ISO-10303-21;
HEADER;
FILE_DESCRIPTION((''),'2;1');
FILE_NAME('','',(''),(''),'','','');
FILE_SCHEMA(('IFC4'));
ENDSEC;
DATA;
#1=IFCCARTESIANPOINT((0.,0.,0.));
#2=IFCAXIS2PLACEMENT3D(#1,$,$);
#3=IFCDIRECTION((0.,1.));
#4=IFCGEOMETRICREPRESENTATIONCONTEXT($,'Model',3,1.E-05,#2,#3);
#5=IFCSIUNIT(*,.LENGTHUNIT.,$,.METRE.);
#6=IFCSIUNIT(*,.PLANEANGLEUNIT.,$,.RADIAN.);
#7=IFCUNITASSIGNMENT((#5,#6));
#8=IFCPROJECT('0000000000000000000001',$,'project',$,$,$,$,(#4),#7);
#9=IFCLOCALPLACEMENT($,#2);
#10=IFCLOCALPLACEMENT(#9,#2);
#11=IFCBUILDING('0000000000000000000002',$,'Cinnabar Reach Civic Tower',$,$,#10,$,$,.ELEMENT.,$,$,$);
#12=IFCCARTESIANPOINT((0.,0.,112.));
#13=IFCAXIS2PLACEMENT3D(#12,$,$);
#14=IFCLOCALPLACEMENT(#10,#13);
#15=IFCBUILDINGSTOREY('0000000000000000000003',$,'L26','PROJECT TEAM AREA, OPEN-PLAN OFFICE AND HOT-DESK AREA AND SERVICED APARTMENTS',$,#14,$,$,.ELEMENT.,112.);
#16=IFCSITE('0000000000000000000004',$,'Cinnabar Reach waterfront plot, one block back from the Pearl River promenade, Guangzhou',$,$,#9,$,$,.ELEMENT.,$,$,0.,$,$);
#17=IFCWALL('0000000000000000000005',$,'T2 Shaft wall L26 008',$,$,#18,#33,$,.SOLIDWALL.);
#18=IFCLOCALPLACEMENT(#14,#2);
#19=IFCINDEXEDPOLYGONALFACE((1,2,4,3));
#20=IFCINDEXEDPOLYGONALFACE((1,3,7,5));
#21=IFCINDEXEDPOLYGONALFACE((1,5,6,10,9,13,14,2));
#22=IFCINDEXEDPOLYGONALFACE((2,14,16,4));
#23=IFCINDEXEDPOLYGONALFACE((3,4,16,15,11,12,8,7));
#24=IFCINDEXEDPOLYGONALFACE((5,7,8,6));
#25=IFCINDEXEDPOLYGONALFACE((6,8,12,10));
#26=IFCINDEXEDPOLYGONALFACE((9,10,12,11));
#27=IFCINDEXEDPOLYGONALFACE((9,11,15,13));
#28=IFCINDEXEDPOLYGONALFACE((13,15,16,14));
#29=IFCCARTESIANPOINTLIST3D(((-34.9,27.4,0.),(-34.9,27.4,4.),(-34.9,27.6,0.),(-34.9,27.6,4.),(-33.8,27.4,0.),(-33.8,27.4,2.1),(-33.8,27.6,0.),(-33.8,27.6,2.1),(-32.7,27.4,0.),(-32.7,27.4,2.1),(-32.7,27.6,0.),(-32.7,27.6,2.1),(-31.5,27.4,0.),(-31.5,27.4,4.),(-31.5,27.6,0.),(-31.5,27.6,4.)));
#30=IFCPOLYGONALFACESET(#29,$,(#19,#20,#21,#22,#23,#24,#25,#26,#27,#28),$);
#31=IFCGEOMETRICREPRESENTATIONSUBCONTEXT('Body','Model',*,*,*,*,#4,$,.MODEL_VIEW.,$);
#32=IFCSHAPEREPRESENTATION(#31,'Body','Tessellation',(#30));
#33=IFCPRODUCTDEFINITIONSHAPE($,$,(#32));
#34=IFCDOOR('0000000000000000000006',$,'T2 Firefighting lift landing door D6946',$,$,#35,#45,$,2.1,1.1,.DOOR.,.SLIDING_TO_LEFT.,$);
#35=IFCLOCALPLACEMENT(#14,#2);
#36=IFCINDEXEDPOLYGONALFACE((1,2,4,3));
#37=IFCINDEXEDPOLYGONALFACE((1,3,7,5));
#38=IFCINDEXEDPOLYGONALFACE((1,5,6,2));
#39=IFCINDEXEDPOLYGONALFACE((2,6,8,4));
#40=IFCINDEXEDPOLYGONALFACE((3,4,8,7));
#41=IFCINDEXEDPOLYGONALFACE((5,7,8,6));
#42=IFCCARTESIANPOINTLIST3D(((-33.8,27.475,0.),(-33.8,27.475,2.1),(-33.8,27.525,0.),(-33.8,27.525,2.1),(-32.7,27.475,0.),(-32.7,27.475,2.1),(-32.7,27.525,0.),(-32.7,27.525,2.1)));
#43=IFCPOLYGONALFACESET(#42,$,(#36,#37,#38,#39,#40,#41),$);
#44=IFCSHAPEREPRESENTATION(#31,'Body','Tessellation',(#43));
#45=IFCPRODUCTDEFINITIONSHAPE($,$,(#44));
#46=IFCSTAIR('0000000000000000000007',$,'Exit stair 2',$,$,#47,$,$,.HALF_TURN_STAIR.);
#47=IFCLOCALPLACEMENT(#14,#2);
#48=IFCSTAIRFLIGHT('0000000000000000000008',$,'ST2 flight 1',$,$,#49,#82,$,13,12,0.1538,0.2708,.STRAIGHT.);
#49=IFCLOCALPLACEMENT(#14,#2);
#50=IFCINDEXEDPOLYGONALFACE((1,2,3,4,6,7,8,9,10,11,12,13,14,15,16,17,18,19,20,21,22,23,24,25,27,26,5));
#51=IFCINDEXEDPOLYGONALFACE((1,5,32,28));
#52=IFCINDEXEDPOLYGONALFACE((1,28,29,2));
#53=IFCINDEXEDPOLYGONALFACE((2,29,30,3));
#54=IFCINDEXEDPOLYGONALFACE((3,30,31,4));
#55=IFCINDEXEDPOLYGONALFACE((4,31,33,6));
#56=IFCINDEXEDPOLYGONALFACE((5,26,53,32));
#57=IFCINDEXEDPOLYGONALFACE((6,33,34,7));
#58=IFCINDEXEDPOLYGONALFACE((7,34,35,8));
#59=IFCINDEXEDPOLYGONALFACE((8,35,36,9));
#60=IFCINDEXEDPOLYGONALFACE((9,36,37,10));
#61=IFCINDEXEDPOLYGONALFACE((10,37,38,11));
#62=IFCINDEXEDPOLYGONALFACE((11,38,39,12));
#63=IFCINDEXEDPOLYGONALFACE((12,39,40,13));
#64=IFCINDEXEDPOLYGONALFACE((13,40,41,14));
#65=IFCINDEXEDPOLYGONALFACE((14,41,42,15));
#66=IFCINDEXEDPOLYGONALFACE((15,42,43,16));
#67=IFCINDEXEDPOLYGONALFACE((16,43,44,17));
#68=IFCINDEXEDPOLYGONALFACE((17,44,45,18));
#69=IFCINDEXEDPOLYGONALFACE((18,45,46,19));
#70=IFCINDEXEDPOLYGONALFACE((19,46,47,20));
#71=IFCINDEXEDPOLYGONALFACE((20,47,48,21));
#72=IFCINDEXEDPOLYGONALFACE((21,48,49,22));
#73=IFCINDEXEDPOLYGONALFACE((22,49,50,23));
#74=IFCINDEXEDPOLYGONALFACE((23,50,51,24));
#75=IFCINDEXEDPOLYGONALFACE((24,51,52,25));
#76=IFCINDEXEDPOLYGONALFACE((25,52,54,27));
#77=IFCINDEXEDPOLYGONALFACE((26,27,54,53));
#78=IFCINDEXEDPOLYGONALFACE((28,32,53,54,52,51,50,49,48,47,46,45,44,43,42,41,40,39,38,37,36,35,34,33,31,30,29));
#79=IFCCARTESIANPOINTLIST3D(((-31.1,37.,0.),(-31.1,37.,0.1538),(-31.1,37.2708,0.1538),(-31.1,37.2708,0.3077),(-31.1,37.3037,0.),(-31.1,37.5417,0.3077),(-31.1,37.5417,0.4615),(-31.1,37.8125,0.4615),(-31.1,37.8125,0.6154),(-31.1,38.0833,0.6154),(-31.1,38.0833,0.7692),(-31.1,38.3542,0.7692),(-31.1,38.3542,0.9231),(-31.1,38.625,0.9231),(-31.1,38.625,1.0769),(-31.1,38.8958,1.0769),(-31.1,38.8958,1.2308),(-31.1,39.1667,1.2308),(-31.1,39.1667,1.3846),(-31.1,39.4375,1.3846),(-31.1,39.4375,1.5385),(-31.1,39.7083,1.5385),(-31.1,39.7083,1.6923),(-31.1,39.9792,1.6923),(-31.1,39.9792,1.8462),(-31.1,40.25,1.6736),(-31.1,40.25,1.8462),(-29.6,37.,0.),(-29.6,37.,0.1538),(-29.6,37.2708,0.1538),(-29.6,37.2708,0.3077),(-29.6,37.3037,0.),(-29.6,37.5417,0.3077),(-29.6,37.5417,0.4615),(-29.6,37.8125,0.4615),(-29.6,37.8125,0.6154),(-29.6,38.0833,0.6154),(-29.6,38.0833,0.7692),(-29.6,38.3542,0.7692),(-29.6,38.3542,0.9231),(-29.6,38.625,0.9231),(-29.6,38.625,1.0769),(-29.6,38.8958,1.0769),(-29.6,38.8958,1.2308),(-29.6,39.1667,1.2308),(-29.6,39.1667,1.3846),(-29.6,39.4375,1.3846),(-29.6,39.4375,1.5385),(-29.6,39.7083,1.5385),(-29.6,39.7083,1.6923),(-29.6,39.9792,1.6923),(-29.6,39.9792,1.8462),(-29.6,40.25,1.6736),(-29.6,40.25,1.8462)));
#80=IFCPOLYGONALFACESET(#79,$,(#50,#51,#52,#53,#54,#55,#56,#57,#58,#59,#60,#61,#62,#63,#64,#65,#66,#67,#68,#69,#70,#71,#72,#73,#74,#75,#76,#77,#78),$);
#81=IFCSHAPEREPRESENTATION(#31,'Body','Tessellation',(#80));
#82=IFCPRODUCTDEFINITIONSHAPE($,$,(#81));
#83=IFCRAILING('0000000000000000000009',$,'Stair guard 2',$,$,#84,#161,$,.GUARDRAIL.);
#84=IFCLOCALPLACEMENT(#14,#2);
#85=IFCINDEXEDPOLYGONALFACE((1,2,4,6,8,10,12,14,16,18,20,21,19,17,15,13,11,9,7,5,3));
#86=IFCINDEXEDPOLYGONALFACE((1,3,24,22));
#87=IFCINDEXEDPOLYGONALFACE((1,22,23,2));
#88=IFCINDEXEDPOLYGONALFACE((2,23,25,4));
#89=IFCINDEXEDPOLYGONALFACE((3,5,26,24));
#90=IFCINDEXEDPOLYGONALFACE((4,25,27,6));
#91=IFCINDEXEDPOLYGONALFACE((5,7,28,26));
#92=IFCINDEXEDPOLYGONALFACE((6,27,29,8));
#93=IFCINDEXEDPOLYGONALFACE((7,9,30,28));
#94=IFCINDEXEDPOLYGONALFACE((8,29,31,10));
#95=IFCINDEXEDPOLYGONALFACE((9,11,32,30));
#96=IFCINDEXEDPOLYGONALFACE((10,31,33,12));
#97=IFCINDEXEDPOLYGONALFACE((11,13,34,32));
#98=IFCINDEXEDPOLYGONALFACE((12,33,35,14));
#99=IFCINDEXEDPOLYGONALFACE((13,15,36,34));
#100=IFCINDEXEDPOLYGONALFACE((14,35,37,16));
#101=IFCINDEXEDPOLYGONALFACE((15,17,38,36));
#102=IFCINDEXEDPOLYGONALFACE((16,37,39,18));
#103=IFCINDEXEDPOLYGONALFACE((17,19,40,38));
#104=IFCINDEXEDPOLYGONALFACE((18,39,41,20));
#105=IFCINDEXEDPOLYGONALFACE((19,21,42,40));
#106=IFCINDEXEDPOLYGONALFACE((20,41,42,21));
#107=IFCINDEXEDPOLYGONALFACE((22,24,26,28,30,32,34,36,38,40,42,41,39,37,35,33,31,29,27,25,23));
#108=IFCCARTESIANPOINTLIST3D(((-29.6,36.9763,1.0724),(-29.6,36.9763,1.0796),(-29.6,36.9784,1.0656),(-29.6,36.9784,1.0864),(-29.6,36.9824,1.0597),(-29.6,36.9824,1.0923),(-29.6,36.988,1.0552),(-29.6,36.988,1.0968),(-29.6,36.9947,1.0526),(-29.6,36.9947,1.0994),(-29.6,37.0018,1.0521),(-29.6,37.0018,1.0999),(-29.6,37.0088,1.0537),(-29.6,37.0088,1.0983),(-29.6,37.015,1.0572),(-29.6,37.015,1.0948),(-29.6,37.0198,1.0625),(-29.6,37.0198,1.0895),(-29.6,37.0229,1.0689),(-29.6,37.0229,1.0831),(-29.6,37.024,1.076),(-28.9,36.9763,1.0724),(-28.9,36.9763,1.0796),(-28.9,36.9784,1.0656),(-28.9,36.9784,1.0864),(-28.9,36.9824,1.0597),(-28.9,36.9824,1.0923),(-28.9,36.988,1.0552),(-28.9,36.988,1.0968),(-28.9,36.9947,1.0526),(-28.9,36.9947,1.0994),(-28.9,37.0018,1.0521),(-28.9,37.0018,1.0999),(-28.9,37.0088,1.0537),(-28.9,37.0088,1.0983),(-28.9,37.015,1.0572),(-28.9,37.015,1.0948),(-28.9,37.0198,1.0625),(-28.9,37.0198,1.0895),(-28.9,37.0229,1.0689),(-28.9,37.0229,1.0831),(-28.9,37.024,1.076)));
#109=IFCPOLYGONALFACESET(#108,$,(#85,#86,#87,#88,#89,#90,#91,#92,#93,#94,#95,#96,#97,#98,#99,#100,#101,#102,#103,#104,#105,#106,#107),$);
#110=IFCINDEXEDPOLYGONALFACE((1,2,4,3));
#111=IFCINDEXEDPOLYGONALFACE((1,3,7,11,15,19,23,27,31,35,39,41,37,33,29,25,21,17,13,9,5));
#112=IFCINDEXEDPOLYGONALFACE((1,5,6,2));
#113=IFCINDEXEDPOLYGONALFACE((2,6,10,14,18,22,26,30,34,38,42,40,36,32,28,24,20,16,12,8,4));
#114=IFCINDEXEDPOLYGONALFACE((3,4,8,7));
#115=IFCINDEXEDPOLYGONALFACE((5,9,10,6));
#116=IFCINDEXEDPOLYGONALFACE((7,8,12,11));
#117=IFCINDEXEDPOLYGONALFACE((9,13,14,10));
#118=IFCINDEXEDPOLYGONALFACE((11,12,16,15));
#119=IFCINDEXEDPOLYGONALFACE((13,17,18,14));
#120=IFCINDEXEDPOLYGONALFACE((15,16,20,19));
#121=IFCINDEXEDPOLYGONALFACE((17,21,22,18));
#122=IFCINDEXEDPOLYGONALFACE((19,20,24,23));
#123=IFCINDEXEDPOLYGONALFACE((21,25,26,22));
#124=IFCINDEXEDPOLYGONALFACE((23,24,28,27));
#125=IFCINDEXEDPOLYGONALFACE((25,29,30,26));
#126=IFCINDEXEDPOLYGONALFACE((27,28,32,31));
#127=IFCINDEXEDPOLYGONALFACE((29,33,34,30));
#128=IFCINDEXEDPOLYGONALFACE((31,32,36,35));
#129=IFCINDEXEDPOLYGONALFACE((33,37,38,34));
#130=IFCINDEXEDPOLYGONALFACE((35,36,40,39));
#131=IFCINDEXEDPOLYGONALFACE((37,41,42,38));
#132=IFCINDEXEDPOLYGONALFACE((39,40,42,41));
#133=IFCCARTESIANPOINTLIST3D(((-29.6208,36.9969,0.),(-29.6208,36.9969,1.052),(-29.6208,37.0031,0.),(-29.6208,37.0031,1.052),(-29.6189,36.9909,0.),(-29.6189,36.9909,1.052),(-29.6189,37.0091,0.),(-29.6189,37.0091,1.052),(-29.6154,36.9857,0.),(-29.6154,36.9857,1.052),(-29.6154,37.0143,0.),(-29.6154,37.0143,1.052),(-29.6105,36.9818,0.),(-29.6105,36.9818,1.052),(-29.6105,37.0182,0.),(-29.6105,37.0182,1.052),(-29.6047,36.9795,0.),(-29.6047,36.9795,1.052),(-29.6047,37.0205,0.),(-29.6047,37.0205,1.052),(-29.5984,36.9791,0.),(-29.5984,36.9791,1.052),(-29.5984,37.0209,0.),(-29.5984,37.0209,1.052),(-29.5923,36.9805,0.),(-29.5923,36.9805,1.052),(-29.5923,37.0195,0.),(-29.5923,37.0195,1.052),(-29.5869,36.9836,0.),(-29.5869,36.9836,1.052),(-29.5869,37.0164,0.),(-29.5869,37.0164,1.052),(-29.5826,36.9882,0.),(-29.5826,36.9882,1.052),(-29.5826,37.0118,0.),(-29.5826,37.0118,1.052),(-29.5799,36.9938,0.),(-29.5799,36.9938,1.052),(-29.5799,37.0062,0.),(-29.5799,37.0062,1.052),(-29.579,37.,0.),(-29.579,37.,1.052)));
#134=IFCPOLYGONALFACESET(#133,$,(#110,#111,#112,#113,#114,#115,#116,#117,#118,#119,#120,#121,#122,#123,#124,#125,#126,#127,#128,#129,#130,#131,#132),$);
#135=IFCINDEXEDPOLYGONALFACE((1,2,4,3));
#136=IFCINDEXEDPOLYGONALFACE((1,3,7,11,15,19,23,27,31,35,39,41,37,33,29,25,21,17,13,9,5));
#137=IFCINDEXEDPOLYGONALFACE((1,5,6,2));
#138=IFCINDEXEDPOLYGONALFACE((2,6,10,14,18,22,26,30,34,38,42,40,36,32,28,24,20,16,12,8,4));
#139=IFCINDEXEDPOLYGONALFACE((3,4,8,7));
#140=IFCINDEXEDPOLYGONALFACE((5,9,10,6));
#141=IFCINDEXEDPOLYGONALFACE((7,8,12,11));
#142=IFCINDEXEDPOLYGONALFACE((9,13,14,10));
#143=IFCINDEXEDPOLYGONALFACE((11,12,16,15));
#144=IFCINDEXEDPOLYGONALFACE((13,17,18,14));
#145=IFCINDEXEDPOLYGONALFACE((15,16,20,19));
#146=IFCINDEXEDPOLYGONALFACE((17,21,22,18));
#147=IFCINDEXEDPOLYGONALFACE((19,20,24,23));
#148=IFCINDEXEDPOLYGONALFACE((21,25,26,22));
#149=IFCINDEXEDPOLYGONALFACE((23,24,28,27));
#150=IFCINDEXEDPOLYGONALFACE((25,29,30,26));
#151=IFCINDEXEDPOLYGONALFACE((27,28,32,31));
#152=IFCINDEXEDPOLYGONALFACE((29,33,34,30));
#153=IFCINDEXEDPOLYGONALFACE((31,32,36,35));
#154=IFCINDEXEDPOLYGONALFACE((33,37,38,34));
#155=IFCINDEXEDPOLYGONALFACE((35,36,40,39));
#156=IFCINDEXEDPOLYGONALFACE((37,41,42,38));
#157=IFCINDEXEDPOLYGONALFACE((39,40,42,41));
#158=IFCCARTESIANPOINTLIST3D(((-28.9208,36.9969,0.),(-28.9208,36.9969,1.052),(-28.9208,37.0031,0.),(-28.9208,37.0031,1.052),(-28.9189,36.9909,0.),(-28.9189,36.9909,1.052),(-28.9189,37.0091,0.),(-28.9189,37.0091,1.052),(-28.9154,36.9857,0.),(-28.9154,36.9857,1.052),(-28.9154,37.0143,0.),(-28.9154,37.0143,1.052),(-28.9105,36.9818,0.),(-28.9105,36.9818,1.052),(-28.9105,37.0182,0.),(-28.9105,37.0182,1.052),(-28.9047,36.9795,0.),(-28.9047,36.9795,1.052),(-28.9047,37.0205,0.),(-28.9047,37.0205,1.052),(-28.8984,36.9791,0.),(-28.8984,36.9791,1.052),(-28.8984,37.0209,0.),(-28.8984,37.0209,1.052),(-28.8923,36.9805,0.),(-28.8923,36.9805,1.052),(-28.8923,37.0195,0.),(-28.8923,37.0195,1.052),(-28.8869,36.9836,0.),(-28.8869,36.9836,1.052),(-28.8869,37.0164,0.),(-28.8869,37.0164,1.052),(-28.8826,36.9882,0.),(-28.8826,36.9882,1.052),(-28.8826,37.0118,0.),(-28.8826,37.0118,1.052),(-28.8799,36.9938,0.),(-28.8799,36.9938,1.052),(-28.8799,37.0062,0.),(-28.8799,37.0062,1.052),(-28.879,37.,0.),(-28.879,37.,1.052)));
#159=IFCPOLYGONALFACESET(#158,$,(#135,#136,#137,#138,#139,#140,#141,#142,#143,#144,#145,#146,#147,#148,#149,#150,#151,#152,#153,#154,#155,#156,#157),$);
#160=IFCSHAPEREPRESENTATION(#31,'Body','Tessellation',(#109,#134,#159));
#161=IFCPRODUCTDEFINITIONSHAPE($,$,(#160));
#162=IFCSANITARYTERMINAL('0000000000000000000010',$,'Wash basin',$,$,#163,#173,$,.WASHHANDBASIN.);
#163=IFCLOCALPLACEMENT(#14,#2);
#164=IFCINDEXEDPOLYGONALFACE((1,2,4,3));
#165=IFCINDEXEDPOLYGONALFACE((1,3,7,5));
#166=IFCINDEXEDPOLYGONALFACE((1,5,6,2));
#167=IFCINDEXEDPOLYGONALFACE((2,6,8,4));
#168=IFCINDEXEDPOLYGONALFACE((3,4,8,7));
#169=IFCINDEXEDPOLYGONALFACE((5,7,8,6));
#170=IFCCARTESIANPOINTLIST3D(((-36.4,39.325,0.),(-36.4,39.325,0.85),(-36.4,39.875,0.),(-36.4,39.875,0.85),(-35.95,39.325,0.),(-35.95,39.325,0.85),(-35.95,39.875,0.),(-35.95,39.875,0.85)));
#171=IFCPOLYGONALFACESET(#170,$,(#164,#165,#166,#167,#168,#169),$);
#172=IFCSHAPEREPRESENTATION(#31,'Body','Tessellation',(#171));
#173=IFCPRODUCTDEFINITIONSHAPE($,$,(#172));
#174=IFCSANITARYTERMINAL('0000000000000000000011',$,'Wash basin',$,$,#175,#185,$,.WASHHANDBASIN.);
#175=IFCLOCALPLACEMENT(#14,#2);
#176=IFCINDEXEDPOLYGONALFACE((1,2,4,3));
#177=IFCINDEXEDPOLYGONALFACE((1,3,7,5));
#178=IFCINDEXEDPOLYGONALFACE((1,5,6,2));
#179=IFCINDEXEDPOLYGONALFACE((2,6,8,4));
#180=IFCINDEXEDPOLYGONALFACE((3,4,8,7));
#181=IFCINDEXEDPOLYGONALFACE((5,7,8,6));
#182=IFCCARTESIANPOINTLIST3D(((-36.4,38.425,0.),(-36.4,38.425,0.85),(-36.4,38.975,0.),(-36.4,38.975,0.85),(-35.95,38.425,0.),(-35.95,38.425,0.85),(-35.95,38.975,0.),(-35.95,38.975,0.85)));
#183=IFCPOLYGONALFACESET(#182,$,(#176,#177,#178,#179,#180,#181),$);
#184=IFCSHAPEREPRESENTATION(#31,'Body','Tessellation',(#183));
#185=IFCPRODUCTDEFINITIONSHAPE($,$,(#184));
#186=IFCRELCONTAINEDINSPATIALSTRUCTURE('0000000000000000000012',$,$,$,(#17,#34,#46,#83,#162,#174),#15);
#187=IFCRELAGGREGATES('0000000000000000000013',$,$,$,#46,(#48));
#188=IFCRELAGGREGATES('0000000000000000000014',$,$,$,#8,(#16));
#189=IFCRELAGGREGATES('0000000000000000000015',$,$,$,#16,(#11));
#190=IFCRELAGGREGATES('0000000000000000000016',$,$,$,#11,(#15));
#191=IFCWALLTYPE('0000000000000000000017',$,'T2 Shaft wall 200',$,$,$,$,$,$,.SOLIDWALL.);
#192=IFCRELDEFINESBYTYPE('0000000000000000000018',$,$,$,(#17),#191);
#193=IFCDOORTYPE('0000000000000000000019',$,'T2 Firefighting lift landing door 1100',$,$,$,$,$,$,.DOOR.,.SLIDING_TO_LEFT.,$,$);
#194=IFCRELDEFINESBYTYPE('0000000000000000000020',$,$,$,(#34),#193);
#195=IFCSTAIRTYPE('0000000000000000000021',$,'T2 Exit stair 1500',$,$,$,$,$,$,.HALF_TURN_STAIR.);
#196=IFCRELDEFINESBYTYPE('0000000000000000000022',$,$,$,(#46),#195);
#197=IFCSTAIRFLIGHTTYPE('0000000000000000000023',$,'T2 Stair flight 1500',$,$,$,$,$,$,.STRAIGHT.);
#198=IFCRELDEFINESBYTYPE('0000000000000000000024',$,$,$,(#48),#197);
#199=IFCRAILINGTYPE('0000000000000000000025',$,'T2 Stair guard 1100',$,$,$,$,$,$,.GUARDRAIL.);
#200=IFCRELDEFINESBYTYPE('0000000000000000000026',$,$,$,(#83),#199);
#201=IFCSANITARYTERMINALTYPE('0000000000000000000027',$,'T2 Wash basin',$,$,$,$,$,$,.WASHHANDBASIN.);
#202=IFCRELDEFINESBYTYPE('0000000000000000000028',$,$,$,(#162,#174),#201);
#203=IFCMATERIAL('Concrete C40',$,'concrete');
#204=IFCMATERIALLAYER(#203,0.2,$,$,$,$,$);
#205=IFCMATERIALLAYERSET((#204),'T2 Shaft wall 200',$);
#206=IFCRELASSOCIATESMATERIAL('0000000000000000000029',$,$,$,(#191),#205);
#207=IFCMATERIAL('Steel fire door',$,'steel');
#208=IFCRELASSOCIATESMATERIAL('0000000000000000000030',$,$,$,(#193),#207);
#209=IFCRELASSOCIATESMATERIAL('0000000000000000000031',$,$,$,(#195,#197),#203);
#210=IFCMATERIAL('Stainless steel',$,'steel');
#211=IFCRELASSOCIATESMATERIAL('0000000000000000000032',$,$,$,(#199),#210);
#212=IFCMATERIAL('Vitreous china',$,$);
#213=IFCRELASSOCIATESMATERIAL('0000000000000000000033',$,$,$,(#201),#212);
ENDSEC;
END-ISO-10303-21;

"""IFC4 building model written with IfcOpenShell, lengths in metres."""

from ifc_helpers import new_model, si_unit, direction, frame, frame_2d, origin, origin_2d, place, context, subcontext, project, spatial, polyline, rectangle, circle, outline, extrude, material, layer, layer_set, type_object, element, fill, aggregate, save


model = new_model("IFC4")

# Units and contexts
model_context = context("Model", 3, precision=1e-05, world=origin(), true_north=direction((0.0, 1.0)))
body_context = subcontext(model_context, "Body", "Model", "MODEL_VIEW")
ifc_project = project(units=[si_unit("LENGTHUNIT", "METRE"), si_unit("PLANEANGLEUNIT", "RADIAN")], contexts=[model_context])

# Site, building, storey
site_placement = place(None, origin())
site = spatial("IfcSite", under=ifc_project, at=site_placement, Name="Cinnabar Reach waterfront plot, one block back from the Pearl River promenade, Guangzhou", CompositionType="ELEMENT", RefElevation=0.0)
building_placement = place(site_placement, origin())
building = spatial("IfcBuilding", under=site, at=building_placement, Name="Cinnabar Reach Civic Tower", CompositionType="ELEMENT")
storey_placement = place(building_placement, frame((0.0, 0.0, 112.0)))
storey = spatial("IfcBuildingStorey", under=building, at=storey_placement, Name="L26", Description="PROJECT TEAM AREA, OPEN-PLAN OFFICE AND HOT-DESK AREA AND SERVICED APARTMENTS", CompositionType="ELEMENT", Elevation=112.0)

# Shared definitions
ifc_material_1 = material(Name="Steel fire door", Category="steel")

# Shared definitions
ifc_material_2 = material(Name="Concrete C40", Category="concrete")
ifc_layer_1 = layer(ifc_material_2, 0.2)
ifc_layer_set_1 = layer_set([ifc_layer_1], Name="T2 Shaft wall 200")
wall_type_1 = type_object("IfcWallType", Name="T2 Shaft wall 200", PredefinedType="SOLIDWALL", material=ifc_layer_set_1)

# Wall, opening, door
wall_1_placement = place(storey_placement, frame((-34.9, 27.5, 0.0), z_axis=(0.0, 0.0, 1.0), x_axis=(1.0, 0.0, 0.0)))
wall_1 = element("IfcWall", 1, at=wall_1_placement, inside=storey, type_object=wall_type_1, Name="T2 Shaft wall L26 008", PredefinedType="SOLIDWALL", context=body_context, shape_type="SweptSolid", body=[
    extrude(rectangle(XDim=3.4, YDim=0.2, at=frame_2d((1.7, 0.0))), origin(), (0.0, 0.0, 1.0), 4.0),
])
opening_1_placement = place(wall_1_placement, frame((1.1, 0.0, 0.0)))
opening_1 = element("IfcOpeningElement", 2, at=opening_1_placement, cuts=wall_1, PredefinedType="OPENING", context=body_context, shape_type="SweptSolid", body=[
    extrude(rectangle(XDim=1.1, YDim=2.1, at=frame_2d((0.55, 1.05))), frame((0.0, 0.11, 0.0), z_axis=(0.0, -1.0, 0.0), x_axis=(1.0, 0.0, 0.0)), (0.0, 0.0, 1.0), 0.22),
])
door_type_1 = type_object("IfcDoorType", Name="T2 Firefighting lift landing door 1100", OperationType="SLIDING_TO_LEFT", PredefinedType="DOOR", material=ifc_material_1)
door_1_placement = place(opening_1_placement, origin())
door_1 = element("IfcDoor", 3, at=door_1_placement, inside=storey, type_object=door_type_1, Name="T2 Firefighting lift landing door D6946", OperationType="SLIDING_TO_LEFT", OverallHeight=2.1, OverallWidth=1.1, PredefinedType="DOOR", context=body_context, shape_type="SweptSolid", body=[
    extrude(rectangle(XDim=1.1, YDim=2.1, at=frame_2d((0.55, 1.05))), frame((0.0, 0.025, 0.0), z_axis=(0.0, -1.0, 0.0), x_axis=(1.0, 0.0, 0.0)), (0.0, 0.0, 1.0), 0.05),
])
fill(opening_1, door_1)

# Stair, stair flight
stair_type = type_object("IfcStairType", Name="T2 Exit stair 1500", PredefinedType="HALF_TURN_STAIR", material=ifc_material_2)
stair_placement = place(storey_placement, origin())
stair = element("IfcStair", 4, at=stair_placement, inside=storey, type_object=stair_type, Name="Exit stair 2", PredefinedType="HALF_TURN_STAIR")
stair_flight_type = type_object("IfcStairFlightType", Name="T2 Stair flight 1500", PredefinedType="STRAIGHT", material=ifc_material_2)
stair_flight_placement = place(storey_placement, frame((-30.35, 37.0, 0.0), z_axis=(0.0, 0.0, 1.0), x_axis=(0.0, 1.0, 0.0)))
stair_flight = element("IfcStairFlight", 5, at=stair_flight_placement, type_object=stair_flight_type, Name="ST2 flight 1", NumberOfRisers=13, NumberOfTreads=12, PredefinedType="STRAIGHT", RiserHeight=0.1538, TreadLength=0.2708, context=body_context, shape_type="SweptSolid", body=[
    extrude(outline(polyline([(0.0, 0.0), (0.0, 0.1538), (0.2708, 0.1538), (0.2708, 0.3077), (0.5417, 0.3077), (0.5417, 0.4615), (0.8125, 0.4615), (0.8125, 0.6154), (1.0833, 0.6154), (1.0833, 0.7692), (1.3542, 0.7692), (1.3542, 0.9231), (1.625, 0.9231), (1.625, 1.0769), (1.8958, 1.0769), (1.8958, 1.2308), (2.1667, 1.2308), (2.1667, 1.3846), (2.4375, 1.3846), (2.4375, 1.5385), (2.7083, 1.5385), (2.7083, 1.6923), (2.9792, 1.6923), (2.9792, 1.8462), (3.25, 1.8462), (3.25, 2.0), (3.25, 1.6736), (0.3037, 0.0), (0.0, 0.0)])), frame((0.0, 0.75, 0.0), z_axis=(0.0, -1.0, 0.0), x_axis=(1.0, 0.0, 0.0)), (0.0, 0.0, 1.0), 1.5),
])
aggregate(stair, [stair_flight])

# Railing
ifc_material_3 = material(Name="Stainless steel", Category="steel")
railing_type = type_object("IfcRailingType", Name="T2 Stair guard 1100", PredefinedType="GUARDRAIL", material=ifc_material_3)
railing_placement = place(storey_placement, frame((-29.6, 37.0, 0.0)))
element("IfcRailing", 6, at=railing_placement, inside=storey, type_object=railing_type, Name="Stair guard 2", PredefinedType="GUARDRAIL", context=body_context, shape_type="SweptSolid", body=[
    extrude(circle(Radius=0.024, at=origin_2d()), frame((0.0, 0.0, 1.076), z_axis=(1.0, 0.0, 0.0), x_axis=(0.0, 1.0, 0.0)), (0.0, 0.0, 1.0), 0.7),
    extrude(circle(Radius=0.021, at=origin_2d()), origin(), (0.0, 0.0, 1.0), 1.052),
    extrude(circle(Radius=0.021, at=origin_2d()), frame((0.7, 0.0, 0.0)), (0.0, 0.0, 1.0), 1.052),
])

# Sanitary terminals
ifc_material_4 = material(Name="Vitreous china")
sanitary_terminal_type = type_object("IfcSanitaryTerminalType", Name="T2 Wash basin", PredefinedType="WASHHANDBASIN", material=ifc_material_4)
for number, where, z_axis, x_axis, name in (
    (7, (-36.175, 39.6, 0.0), (0.0, 0.0, 1.0), (1.0, 0.0, 0.0), "Wash basin"),
    (8, (-36.175, 38.7, 0.0), (0.0, 0.0, 1.0), (1.0, 0.0, 0.0), "Wash basin"),
):
    element("IfcSanitaryTerminal", number, at=place(storey_placement, frame(where, z_axis=z_axis, x_axis=x_axis)), inside=storey, type_object=sanitary_terminal_type, Name=name, PredefinedType="WASHHANDBASIN", context=body_context, shape_type="SweptSolid", body=[
        extrude(rectangle(XDim=0.45, YDim=0.55, at=origin_2d()), origin(), (0.0, 0.0, 1.0), 0.85),
    ])

save(model, "model.ifc")
